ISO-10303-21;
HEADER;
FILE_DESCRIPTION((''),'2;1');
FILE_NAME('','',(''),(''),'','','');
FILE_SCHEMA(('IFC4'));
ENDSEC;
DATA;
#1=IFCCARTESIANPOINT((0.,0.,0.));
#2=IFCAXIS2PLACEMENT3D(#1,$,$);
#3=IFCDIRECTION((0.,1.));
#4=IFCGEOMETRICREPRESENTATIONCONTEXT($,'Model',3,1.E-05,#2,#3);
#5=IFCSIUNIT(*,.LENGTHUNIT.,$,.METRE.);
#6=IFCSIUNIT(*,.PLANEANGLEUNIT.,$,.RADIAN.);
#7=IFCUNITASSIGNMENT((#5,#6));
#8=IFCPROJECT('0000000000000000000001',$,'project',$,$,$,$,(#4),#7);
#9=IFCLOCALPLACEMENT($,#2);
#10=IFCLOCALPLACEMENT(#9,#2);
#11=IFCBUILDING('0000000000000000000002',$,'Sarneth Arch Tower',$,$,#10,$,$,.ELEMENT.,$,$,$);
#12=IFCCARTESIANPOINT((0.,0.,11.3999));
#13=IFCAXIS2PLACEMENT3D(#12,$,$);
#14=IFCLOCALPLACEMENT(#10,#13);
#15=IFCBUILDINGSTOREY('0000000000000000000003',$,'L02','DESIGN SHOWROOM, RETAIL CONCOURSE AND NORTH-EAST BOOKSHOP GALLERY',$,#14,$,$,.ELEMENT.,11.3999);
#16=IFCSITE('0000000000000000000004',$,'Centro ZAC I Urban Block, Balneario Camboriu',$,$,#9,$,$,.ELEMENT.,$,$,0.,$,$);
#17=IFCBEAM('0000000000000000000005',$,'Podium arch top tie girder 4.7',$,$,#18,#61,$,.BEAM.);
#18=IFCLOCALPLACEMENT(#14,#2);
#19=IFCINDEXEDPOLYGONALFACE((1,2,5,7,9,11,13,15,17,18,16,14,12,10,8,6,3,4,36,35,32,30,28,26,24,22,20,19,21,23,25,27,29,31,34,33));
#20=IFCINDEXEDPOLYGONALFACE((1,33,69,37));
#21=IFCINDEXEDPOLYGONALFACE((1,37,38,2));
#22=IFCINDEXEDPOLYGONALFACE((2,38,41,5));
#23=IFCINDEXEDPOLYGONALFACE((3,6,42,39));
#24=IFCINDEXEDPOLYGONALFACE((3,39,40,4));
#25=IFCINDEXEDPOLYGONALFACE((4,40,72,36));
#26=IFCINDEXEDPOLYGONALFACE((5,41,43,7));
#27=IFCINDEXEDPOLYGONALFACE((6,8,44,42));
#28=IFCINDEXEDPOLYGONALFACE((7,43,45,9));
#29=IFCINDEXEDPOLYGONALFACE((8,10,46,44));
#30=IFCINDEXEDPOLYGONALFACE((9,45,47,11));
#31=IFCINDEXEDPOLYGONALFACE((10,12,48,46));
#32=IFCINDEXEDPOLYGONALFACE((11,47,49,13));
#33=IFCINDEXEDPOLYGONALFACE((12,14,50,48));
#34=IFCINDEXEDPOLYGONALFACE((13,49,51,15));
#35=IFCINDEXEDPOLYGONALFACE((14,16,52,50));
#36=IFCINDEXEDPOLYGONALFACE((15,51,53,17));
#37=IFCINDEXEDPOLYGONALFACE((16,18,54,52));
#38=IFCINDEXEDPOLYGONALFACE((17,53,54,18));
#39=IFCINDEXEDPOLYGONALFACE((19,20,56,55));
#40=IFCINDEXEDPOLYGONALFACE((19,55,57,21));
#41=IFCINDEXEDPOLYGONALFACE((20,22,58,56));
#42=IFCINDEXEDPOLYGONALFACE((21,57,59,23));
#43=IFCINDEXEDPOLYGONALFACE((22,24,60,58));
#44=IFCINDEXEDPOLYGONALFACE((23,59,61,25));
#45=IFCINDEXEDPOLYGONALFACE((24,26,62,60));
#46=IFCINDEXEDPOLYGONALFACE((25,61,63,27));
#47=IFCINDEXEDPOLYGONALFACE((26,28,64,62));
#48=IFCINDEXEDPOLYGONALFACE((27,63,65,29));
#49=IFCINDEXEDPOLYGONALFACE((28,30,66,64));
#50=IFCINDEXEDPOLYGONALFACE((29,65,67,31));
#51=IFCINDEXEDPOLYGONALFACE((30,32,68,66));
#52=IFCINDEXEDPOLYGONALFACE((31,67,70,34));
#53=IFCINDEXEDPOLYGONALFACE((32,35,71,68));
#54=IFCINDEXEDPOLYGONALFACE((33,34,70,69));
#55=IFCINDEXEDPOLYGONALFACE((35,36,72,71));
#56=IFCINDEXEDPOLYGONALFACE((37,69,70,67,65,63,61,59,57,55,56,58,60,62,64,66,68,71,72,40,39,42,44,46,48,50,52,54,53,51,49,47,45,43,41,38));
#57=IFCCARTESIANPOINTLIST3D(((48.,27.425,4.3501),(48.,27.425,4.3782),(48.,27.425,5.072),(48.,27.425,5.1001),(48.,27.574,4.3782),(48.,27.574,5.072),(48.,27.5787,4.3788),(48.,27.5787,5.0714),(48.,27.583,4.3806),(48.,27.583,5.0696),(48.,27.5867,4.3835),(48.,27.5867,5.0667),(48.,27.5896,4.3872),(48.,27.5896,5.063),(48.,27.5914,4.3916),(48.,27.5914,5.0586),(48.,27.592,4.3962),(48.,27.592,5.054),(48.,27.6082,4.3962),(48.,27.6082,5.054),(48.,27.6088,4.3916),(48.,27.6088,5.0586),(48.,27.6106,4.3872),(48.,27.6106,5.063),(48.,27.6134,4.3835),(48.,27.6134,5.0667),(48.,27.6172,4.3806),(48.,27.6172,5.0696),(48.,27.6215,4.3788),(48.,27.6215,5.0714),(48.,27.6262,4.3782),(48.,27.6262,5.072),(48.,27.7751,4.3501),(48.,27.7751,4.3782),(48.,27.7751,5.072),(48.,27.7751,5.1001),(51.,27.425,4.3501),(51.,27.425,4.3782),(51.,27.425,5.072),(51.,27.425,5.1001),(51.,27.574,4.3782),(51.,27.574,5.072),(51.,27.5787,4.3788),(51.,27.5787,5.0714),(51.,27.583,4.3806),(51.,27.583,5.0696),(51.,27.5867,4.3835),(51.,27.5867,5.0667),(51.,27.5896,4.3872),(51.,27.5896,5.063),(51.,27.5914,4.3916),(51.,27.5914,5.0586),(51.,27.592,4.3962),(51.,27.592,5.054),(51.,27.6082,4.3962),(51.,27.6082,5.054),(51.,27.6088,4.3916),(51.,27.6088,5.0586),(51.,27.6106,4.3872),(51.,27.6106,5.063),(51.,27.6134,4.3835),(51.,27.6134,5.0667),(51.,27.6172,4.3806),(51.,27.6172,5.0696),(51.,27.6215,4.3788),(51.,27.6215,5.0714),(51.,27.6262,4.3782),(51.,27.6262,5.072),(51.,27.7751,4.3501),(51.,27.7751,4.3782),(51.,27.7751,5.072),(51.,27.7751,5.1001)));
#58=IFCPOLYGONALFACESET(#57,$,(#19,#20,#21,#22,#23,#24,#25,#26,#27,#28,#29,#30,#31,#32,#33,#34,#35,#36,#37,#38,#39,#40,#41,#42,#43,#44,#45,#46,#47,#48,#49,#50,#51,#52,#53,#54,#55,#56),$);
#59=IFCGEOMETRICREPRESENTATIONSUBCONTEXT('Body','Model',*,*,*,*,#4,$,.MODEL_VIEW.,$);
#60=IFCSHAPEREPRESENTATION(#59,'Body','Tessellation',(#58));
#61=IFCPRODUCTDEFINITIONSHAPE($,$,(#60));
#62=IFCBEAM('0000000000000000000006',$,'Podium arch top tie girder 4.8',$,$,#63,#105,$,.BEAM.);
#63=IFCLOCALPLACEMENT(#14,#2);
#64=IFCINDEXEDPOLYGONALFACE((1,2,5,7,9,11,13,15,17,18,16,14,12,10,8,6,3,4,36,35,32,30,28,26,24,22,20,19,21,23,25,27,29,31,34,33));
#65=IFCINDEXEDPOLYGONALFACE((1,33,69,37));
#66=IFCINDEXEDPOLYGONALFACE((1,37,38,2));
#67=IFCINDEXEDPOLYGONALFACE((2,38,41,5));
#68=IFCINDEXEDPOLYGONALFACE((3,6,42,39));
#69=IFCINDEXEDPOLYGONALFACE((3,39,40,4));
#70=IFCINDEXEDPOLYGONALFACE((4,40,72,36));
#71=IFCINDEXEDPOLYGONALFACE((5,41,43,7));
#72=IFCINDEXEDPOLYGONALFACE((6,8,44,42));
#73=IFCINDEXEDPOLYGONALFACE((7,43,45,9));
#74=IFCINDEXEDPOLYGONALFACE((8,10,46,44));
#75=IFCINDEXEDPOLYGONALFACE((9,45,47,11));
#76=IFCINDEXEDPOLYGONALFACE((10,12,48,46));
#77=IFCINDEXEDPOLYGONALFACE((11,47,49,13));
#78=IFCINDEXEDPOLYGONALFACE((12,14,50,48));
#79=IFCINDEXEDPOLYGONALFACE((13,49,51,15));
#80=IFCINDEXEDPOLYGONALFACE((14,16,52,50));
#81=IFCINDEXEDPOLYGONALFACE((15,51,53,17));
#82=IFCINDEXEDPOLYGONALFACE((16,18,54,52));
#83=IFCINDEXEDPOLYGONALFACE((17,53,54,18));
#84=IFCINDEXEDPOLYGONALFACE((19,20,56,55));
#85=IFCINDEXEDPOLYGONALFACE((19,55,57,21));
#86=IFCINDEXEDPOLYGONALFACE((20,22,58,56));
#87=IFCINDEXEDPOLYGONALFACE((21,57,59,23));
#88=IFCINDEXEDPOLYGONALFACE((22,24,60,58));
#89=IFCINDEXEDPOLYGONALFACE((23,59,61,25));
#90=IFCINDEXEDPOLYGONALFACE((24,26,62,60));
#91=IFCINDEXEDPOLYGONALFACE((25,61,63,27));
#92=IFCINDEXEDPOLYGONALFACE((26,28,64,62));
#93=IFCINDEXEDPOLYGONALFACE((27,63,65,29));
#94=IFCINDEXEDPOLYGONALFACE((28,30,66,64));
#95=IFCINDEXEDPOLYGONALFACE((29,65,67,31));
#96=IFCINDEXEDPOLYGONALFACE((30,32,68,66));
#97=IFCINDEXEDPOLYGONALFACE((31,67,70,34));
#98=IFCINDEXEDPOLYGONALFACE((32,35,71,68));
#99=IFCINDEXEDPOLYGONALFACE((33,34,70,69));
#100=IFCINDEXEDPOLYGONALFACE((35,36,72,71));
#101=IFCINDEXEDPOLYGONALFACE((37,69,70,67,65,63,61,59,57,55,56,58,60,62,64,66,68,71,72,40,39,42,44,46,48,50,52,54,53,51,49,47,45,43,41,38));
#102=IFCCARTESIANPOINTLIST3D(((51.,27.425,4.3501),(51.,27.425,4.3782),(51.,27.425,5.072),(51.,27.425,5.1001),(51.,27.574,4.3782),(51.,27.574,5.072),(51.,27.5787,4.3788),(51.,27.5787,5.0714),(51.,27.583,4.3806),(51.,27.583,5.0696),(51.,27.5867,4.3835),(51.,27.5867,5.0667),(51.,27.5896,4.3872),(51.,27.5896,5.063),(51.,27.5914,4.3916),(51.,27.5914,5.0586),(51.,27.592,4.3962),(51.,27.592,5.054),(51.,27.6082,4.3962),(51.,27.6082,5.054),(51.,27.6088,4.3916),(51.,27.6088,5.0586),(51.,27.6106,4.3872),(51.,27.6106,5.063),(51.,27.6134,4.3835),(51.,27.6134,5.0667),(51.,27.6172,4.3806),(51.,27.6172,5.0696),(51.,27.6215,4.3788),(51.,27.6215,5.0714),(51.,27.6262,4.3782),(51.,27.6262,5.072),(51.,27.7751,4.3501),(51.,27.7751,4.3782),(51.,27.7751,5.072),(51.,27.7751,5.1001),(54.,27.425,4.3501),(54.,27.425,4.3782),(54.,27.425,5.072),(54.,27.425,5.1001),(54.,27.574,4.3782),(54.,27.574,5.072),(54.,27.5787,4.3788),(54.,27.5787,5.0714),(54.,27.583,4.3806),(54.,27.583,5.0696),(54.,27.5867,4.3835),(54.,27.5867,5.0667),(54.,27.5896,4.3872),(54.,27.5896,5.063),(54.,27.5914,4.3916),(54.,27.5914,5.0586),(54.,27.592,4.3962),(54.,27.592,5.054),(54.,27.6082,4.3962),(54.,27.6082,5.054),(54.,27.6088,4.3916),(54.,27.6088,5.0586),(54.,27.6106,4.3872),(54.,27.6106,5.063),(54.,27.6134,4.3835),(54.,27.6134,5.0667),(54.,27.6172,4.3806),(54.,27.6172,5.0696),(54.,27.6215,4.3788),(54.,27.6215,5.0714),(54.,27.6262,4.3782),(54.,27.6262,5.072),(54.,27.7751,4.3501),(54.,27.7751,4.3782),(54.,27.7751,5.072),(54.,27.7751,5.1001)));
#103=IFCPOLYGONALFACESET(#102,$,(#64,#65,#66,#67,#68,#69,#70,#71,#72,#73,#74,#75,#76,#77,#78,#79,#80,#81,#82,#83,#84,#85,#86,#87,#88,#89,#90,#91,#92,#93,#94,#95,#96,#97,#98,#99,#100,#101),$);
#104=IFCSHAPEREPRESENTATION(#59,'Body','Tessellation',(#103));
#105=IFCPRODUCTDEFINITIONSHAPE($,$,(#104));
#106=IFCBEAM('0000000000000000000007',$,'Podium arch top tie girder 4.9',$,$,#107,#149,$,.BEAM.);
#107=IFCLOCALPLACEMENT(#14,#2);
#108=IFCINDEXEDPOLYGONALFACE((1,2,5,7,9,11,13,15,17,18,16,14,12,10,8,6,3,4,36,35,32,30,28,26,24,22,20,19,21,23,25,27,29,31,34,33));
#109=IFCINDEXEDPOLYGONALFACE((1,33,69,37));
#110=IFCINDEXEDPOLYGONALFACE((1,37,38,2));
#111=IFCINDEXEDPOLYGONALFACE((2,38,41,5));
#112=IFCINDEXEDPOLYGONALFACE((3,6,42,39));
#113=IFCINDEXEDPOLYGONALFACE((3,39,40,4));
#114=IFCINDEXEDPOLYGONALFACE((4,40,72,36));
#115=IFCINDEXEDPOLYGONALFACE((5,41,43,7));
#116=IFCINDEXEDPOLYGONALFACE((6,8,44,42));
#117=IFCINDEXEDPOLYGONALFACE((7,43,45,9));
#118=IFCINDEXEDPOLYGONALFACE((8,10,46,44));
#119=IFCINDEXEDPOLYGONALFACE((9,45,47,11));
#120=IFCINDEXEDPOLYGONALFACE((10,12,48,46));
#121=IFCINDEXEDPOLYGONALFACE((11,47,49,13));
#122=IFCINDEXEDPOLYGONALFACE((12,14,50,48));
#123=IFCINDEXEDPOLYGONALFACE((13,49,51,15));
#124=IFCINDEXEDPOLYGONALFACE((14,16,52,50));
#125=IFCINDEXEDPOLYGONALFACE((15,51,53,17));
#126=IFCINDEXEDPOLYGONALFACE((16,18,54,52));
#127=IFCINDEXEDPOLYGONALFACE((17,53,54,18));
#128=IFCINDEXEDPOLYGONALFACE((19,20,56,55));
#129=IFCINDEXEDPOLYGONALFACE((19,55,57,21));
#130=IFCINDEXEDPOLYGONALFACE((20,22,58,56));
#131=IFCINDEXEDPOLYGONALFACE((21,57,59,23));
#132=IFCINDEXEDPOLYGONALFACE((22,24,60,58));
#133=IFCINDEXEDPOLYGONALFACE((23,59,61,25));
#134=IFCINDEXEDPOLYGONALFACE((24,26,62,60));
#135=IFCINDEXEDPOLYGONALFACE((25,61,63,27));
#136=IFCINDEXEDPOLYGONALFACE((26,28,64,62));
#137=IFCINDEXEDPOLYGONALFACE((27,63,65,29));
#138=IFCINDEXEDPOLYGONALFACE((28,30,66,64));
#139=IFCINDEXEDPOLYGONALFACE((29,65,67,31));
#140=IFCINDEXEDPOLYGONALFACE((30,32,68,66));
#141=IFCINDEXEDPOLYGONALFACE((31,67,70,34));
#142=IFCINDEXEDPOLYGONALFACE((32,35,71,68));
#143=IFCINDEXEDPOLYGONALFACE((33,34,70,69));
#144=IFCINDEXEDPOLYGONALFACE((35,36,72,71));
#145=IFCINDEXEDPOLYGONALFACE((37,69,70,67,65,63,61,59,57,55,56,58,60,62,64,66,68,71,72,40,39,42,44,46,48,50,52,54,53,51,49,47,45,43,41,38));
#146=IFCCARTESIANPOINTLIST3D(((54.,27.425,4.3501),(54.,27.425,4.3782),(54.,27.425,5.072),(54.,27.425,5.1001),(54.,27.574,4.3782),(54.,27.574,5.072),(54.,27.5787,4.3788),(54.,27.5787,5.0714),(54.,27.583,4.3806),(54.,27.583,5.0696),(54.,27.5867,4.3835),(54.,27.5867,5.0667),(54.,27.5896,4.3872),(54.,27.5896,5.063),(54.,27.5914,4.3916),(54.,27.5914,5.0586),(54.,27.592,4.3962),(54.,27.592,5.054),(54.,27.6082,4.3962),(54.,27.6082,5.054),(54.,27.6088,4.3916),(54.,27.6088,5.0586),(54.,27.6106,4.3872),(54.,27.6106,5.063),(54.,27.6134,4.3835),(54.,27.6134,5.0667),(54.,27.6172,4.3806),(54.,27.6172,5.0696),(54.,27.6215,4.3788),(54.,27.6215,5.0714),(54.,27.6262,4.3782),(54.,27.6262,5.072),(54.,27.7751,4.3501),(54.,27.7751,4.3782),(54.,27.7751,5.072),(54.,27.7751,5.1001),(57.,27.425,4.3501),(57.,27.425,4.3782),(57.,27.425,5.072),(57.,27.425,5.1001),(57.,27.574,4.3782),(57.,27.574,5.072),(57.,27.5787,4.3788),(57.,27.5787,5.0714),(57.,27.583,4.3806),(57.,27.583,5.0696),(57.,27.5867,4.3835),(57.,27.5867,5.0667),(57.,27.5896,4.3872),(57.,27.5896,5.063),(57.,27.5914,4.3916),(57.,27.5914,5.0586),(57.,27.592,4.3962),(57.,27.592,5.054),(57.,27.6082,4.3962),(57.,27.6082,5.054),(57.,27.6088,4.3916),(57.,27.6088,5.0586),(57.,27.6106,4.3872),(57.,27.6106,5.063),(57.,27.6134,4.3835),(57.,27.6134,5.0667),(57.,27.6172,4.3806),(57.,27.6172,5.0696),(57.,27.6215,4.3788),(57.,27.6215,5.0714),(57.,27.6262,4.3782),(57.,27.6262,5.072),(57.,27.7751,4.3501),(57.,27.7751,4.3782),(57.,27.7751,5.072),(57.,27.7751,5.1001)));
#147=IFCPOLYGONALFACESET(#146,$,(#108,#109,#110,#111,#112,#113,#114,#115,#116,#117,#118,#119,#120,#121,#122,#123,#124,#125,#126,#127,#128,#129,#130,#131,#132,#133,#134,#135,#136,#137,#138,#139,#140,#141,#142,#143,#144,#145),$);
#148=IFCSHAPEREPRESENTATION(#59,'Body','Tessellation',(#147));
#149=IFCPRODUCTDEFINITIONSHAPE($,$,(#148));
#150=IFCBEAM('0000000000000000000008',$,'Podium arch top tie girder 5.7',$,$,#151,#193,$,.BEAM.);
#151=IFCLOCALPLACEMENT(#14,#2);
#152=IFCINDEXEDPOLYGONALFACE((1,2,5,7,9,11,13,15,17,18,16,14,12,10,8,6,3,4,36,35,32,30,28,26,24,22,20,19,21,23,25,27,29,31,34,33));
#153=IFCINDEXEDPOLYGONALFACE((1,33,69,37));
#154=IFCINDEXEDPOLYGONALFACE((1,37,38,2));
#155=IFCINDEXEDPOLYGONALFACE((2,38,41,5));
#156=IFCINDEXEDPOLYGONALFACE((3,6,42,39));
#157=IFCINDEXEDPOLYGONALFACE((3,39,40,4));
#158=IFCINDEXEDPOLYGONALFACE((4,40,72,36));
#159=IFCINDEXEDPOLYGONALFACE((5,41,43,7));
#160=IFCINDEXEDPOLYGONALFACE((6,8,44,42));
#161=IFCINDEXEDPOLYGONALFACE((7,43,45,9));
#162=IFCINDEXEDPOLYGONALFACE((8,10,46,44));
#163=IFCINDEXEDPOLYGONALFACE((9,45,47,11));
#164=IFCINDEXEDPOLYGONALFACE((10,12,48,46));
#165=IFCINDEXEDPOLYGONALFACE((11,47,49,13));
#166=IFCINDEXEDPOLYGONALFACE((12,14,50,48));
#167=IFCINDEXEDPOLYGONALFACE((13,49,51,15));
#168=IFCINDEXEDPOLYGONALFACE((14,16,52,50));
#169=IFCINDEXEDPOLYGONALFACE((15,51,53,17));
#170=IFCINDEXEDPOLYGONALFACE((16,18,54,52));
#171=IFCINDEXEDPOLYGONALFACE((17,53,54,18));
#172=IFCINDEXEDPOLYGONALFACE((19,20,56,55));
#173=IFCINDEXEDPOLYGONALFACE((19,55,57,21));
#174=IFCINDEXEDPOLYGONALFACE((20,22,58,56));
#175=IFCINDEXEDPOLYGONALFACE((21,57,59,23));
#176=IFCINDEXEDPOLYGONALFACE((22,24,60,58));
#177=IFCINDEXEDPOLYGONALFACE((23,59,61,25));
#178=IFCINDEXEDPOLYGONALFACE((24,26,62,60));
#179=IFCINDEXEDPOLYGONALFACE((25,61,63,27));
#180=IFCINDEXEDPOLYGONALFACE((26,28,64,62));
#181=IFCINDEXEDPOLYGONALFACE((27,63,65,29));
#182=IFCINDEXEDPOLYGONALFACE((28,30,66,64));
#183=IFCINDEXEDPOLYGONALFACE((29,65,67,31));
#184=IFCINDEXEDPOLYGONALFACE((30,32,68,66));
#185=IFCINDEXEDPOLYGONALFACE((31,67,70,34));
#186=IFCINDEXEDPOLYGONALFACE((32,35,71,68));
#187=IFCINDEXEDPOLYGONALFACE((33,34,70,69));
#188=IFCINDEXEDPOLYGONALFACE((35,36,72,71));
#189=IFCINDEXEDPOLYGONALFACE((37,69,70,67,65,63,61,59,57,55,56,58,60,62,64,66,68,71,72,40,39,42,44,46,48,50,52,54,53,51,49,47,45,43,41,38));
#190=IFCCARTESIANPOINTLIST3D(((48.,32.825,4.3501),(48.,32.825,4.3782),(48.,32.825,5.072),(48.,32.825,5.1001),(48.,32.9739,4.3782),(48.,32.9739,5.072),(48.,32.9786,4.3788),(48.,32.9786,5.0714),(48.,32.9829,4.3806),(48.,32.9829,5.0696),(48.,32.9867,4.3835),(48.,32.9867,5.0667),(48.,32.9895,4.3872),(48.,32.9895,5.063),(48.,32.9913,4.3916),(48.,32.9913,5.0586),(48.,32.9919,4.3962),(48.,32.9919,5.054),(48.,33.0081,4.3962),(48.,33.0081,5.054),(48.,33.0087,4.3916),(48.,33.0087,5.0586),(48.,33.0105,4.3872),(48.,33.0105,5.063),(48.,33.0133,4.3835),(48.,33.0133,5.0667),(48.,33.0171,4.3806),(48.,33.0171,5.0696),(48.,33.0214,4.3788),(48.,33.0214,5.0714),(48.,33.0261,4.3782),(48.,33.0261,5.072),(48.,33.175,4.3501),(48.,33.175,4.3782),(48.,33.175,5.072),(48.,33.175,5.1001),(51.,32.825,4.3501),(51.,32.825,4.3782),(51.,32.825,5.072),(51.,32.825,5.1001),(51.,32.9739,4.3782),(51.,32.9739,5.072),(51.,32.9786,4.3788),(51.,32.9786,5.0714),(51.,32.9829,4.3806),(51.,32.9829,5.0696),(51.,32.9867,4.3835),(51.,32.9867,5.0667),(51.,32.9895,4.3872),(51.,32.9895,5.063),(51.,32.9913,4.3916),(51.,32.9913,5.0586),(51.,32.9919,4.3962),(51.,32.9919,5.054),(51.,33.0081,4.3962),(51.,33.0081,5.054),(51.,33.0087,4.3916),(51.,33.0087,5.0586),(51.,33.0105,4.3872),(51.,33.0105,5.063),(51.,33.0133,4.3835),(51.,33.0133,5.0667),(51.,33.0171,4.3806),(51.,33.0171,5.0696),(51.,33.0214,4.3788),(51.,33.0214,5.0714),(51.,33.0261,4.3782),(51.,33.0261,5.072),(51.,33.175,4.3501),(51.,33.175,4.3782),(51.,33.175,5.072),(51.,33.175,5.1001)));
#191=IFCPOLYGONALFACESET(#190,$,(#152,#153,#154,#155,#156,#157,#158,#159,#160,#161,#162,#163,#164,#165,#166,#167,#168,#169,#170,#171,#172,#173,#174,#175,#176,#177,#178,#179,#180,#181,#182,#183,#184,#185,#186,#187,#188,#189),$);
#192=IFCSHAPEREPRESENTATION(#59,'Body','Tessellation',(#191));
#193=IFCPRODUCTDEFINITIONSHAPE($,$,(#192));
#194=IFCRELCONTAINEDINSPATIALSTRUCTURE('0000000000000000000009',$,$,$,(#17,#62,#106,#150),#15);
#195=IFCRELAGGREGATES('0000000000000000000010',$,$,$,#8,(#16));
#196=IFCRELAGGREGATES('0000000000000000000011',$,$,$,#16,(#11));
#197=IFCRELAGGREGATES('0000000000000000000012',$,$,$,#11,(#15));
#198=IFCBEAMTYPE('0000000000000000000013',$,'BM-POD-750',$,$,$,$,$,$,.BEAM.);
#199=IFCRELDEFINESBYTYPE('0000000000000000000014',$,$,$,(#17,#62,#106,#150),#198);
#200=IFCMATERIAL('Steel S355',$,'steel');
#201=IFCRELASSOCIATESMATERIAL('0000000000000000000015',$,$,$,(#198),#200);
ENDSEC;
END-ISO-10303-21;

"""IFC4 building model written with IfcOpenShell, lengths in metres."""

from ifc_helpers import new_model, si_unit, direction, frame, origin, origin_2d, place, context, subcontext, project, spatial, i_section, extrude, material, material_profile, profile_set, type_object, element, save


model = new_model("IFC4")

# Units and contexts
model_context = context("Model", 3, precision=1e-05, world=origin(), true_north=direction((0.0, 1.0)))
body_context = subcontext(model_context, "Body", "Model", "MODEL_VIEW")
ifc_project = project(units=[si_unit("LENGTHUNIT", "METRE"), si_unit("PLANEANGLEUNIT", "RADIAN")], contexts=[model_context])

# Site, building, storey
site_placement = place(None, origin())
site = spatial("IfcSite", under=ifc_project, at=site_placement, Name="Centro ZAC I Urban Block, Balneario Camboriu", CompositionType="ELEMENT", RefElevation=0.0)
building_placement = place(site_placement, origin())
building = spatial("IfcBuilding", under=site, at=building_placement, Name="Sarneth Arch Tower", CompositionType="ELEMENT")
storey_placement = place(building_placement, frame((0.0, 0.0, 11.3999)))
storey = spatial("IfcBuildingStorey", under=building, at=storey_placement, Name="L02", Description="DESIGN SHOWROOM, RETAIL CONCOURSE AND NORTH-EAST BOOKSHOP GALLERY", CompositionType="ELEMENT", Elevation=11.3999)

# Beams
ifc_material_1 = material(Name="Steel S355", Category="steel")
ifc_material_profile_1 = material_profile(ifc_material_1, i_section(OverallWidth=0.3501, OverallDepth=0.75, WebThickness=0.0161, FlangeThickness=0.0281, FilletRadius=0.0181, at=origin_2d()), Name="CVS750x268")
ifc_profile_set_1 = profile_set([ifc_material_profile_1], Name="Steel S355")
beam_type = type_object("IfcBeamType", Name="BM-POD-750", PredefinedType="BEAM", material=ifc_profile_set_1)
for number, where, z_axis, x_axis, name in (
    (1, (48.0, 27.6001, 4.7251), (1.0, 0.0, 0.0), (0.0, 1.0, 0.0), "Podium arch top tie girder 4.7"),
    (2, (51.0, 27.6001, 4.7251), (1.0, 0.0, 0.0), (0.0, 1.0, 0.0), "Podium arch top tie girder 4.8"),
    (3, (54.0, 27.6001, 4.7251), (1.0, 0.0, 0.0), (0.0, 1.0, 0.0), "Podium arch top tie girder 4.9"),
    (4, (48.0, 33.0, 4.7251), (1.0, 0.0, 0.0), (0.0, 1.0, 0.0), "Podium arch top tie girder 5.7"),
):
    element("IfcBeam", number, at=place(storey_placement, frame(where, z_axis=z_axis, x_axis=x_axis)), inside=storey, type_object=beam_type, Name=name, PredefinedType="BEAM", context=body_context, shape_type="SweptSolid", body=[
        extrude(i_section(OverallWidth=0.3501, OverallDepth=0.75, WebThickness=0.0161, FlangeThickness=0.0281, FilletRadius=0.0181, at=origin_2d()), origin(), (0.0, 0.0, 1.0), 3.0),
    ])

save(model, "model.ifc")
